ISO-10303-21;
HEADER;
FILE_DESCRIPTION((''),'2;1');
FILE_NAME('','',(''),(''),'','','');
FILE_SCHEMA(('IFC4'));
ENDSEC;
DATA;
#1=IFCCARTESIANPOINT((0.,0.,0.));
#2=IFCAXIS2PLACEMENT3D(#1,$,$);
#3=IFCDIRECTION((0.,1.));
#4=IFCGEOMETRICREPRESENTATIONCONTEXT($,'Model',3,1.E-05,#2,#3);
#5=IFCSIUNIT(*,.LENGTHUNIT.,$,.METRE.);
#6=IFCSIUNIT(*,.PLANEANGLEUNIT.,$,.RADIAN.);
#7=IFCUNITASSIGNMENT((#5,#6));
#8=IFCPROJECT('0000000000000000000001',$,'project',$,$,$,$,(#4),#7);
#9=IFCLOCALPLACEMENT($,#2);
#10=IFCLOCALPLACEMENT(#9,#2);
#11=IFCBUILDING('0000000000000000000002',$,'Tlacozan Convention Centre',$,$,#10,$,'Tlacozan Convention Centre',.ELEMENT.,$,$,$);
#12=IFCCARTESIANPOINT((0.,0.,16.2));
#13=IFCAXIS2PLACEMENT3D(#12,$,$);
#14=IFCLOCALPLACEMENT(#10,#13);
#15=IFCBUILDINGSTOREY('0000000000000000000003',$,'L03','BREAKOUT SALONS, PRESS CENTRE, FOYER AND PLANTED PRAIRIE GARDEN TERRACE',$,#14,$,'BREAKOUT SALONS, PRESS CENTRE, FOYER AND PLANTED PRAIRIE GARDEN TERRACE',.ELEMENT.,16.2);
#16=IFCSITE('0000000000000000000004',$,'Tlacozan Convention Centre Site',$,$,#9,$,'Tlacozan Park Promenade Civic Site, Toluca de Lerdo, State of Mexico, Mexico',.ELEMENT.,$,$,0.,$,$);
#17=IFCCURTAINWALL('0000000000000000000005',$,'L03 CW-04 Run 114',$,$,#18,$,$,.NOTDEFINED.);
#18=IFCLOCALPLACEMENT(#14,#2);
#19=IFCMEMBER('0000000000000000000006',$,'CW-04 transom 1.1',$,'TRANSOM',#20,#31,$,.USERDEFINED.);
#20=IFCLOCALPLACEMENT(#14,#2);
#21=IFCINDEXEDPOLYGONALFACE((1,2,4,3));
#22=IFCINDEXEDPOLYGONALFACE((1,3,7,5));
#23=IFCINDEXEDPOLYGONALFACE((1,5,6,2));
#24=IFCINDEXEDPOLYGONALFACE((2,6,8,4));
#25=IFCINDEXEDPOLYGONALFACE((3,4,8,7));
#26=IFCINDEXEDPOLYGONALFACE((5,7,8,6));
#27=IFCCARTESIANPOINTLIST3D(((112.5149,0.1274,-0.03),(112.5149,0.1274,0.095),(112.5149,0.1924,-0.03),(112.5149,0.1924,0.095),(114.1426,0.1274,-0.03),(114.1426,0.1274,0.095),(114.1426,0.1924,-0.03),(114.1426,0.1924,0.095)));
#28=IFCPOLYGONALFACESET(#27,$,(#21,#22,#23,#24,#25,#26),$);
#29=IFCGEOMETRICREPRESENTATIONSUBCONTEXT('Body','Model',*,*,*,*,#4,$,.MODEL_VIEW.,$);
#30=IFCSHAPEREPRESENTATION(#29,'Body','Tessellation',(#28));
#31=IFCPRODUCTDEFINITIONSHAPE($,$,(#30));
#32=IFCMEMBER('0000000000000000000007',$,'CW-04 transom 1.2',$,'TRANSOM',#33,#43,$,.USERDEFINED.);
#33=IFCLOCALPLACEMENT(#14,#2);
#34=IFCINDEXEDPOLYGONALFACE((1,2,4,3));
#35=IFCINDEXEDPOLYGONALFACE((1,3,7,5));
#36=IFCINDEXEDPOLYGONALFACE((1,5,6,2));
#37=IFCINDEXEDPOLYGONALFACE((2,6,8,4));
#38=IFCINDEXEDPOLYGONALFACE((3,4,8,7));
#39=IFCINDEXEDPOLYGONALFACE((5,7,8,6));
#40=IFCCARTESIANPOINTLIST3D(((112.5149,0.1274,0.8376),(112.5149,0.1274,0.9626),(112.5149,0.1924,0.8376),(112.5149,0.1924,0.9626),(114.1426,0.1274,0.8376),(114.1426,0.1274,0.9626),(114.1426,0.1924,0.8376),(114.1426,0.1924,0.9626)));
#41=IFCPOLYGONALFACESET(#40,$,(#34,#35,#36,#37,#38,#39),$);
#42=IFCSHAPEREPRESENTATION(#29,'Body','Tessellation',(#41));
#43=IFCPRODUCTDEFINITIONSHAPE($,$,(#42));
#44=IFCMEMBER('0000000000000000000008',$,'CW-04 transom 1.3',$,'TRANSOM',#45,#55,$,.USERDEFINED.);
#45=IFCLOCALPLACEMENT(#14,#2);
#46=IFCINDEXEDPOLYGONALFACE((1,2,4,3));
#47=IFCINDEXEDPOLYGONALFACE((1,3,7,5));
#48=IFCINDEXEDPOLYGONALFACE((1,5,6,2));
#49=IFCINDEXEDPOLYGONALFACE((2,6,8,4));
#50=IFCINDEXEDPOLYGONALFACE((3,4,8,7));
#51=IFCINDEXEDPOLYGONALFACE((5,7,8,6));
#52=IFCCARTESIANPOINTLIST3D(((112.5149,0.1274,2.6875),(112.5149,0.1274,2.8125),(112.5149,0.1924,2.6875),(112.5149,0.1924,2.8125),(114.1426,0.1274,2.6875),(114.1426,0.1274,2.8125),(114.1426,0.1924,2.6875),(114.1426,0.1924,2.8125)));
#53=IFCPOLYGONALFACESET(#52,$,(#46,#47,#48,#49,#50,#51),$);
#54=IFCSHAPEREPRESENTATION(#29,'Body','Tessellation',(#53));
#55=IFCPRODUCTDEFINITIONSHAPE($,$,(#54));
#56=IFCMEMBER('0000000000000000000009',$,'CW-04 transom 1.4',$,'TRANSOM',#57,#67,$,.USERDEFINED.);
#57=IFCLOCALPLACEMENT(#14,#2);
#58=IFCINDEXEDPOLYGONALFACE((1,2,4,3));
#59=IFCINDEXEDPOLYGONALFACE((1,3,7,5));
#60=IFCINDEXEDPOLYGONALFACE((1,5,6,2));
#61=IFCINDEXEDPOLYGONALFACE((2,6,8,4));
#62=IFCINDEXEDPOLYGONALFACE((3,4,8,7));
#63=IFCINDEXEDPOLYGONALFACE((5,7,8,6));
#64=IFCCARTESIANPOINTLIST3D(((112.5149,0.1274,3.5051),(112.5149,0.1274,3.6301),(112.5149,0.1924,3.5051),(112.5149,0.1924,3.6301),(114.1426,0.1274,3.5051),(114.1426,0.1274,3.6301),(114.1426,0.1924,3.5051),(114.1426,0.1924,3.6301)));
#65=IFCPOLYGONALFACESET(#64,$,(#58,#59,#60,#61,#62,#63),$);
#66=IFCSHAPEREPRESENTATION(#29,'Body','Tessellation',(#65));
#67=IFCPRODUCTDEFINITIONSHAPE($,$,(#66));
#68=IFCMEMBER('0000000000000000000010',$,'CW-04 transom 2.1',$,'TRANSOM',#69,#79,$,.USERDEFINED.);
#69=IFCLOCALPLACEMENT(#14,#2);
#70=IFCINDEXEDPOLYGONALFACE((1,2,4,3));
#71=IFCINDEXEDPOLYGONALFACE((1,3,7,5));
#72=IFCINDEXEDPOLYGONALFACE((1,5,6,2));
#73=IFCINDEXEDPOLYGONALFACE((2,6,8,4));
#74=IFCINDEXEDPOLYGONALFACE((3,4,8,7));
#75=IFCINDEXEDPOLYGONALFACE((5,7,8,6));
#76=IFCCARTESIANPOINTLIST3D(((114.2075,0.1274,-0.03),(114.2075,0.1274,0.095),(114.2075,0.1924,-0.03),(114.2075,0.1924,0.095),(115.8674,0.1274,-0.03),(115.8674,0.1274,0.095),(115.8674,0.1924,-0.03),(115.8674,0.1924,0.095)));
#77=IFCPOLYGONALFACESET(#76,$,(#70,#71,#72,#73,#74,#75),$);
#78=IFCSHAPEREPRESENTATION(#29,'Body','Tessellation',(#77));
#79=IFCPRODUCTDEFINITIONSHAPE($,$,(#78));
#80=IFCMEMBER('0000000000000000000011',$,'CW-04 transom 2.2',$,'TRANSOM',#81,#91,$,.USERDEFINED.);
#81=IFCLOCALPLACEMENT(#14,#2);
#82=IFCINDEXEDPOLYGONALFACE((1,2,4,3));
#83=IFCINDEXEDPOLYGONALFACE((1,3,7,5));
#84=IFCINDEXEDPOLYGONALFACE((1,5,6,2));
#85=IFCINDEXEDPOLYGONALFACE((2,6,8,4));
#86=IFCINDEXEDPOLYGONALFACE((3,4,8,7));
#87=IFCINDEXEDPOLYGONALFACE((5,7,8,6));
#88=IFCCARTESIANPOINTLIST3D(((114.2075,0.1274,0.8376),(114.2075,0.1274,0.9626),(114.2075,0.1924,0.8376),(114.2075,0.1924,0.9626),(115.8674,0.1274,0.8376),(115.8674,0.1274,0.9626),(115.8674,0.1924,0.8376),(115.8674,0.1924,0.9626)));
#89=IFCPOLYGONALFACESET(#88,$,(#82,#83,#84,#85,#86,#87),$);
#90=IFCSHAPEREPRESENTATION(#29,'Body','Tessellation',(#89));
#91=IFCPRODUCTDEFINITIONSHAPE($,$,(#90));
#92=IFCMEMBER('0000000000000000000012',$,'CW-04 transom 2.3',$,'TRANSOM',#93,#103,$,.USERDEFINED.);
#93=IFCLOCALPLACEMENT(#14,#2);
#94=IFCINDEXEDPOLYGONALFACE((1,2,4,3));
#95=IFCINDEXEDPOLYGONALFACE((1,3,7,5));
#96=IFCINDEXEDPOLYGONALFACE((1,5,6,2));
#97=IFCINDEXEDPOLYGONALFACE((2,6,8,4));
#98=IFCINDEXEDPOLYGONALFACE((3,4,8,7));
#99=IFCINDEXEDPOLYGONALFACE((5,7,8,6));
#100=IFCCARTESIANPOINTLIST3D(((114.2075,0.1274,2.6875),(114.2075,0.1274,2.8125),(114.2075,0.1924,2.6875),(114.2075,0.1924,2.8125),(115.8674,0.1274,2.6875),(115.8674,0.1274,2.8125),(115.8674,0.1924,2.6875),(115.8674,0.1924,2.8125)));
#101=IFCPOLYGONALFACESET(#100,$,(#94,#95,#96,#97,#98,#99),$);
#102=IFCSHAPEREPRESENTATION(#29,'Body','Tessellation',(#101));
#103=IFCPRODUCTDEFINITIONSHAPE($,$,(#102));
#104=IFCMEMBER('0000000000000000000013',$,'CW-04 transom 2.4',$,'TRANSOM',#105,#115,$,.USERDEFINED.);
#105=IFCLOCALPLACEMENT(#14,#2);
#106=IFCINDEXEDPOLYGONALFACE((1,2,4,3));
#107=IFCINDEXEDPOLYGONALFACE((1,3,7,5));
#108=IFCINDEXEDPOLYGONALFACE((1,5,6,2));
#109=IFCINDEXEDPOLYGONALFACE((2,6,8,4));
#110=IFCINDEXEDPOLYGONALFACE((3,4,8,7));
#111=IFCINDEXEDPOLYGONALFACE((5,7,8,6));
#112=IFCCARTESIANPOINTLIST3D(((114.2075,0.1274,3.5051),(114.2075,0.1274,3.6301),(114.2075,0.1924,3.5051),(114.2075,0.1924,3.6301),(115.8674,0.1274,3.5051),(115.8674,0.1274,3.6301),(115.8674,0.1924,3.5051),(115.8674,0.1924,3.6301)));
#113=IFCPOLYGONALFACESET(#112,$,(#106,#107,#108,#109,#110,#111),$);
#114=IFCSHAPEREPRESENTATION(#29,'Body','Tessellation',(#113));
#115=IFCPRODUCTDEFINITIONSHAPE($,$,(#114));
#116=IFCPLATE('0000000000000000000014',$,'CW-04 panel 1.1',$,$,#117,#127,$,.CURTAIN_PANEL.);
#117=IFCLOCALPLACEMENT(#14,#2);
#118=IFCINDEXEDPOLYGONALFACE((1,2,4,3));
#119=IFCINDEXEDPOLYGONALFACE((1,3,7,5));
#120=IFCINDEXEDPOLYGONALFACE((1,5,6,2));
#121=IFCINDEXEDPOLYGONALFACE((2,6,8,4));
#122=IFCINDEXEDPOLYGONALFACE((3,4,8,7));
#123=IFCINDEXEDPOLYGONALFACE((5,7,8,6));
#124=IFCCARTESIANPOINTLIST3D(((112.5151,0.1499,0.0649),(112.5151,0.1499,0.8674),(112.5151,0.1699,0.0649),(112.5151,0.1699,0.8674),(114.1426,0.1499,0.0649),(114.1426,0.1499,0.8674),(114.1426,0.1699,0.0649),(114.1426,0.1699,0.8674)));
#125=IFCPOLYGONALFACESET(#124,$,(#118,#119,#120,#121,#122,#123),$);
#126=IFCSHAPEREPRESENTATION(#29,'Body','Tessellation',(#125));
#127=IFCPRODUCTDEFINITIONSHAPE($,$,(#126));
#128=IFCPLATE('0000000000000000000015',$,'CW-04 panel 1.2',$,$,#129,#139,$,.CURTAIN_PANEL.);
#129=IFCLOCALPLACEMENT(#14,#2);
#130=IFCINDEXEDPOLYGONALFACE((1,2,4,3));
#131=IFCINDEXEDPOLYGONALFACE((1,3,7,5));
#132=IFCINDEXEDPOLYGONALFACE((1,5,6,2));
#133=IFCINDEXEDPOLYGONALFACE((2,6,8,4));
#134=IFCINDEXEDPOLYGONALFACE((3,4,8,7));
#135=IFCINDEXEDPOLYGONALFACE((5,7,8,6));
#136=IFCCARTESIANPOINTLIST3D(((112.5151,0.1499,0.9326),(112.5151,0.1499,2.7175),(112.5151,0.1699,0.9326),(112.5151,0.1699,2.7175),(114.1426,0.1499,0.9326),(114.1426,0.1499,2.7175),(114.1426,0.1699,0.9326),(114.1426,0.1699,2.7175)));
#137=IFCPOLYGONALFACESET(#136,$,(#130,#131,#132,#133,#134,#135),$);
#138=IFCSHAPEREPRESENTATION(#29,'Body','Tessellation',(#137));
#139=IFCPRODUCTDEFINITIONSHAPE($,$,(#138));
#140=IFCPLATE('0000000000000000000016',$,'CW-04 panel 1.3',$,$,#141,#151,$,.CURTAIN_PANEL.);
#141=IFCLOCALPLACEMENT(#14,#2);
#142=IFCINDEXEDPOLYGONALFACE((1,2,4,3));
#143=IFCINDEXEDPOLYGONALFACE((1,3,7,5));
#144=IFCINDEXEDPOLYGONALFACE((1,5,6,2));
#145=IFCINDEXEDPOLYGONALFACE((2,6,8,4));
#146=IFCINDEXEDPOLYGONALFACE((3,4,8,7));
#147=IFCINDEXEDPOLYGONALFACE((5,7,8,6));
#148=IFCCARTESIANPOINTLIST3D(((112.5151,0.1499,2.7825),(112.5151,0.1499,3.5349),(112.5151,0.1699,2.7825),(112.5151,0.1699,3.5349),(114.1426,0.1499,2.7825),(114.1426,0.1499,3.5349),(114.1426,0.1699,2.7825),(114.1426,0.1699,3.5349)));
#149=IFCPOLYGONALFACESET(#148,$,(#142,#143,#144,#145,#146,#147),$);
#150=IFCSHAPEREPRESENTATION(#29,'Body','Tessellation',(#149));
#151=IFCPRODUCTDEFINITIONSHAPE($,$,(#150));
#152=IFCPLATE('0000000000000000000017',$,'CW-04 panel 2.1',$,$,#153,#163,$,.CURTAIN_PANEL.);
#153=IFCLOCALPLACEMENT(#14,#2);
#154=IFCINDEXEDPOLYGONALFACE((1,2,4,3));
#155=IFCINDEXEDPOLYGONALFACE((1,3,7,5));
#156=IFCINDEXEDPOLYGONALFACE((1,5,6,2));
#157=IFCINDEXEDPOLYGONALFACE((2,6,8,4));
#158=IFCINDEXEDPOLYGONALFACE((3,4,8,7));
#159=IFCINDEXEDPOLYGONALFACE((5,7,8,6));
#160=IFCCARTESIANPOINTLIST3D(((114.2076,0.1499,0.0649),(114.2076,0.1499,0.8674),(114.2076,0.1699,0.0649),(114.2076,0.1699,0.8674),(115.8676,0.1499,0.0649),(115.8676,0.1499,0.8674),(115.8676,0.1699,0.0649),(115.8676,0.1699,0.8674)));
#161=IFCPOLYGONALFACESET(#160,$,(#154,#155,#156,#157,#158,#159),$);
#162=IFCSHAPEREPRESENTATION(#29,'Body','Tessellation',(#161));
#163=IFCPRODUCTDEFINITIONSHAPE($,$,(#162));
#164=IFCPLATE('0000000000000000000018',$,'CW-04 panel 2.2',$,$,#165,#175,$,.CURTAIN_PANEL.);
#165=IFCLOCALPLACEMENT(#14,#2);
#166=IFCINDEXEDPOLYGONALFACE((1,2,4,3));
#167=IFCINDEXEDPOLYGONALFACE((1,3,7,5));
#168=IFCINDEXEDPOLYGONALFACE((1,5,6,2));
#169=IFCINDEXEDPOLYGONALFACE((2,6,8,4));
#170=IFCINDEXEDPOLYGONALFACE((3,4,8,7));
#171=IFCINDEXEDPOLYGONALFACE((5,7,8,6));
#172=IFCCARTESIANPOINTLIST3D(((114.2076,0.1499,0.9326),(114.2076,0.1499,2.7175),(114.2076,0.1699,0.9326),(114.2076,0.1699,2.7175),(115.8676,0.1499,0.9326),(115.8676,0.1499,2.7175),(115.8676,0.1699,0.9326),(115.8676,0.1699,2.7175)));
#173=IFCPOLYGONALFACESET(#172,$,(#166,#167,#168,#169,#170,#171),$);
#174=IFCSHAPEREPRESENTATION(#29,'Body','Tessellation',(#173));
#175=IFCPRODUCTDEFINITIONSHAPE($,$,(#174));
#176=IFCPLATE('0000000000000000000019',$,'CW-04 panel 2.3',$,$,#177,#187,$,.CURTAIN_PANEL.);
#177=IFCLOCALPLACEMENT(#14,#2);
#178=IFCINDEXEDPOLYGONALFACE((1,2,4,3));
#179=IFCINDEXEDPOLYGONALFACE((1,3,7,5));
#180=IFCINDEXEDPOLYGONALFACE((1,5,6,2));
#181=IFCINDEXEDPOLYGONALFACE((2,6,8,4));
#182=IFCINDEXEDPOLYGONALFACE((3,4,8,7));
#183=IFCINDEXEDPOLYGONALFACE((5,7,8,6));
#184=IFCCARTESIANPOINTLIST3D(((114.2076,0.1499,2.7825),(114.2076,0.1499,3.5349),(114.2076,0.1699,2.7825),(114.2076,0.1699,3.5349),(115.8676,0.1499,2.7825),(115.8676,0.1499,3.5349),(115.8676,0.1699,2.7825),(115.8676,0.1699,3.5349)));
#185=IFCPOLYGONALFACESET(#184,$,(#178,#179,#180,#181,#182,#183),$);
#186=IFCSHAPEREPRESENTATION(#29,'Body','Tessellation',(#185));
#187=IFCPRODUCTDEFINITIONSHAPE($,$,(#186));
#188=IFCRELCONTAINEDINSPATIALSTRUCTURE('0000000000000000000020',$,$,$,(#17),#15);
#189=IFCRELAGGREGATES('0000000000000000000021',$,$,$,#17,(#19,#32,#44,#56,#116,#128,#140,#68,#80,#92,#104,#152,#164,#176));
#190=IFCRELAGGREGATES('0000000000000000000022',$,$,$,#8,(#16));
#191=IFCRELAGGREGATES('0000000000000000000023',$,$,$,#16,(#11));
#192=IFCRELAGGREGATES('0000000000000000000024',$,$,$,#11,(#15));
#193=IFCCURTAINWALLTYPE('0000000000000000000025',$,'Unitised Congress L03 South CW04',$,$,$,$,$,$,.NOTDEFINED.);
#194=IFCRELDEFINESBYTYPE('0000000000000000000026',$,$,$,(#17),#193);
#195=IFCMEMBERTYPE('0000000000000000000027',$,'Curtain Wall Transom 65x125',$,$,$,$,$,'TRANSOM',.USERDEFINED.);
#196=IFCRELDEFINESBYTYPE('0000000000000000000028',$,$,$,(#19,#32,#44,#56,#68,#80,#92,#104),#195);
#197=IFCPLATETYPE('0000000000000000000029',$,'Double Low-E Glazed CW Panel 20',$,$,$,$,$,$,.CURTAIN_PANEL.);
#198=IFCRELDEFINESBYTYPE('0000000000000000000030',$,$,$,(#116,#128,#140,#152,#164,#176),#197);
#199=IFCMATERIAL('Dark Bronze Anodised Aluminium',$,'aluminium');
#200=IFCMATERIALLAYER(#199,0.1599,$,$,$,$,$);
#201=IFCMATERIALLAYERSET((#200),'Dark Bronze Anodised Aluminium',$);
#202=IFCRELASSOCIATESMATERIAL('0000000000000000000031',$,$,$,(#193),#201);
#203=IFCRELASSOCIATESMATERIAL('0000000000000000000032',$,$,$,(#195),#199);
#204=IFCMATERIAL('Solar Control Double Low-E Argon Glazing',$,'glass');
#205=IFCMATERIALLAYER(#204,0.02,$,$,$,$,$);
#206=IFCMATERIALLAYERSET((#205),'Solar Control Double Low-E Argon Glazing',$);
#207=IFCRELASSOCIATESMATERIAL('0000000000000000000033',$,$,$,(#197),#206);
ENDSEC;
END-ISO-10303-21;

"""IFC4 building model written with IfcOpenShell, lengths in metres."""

from ifc_helpers import new_model, si_unit, direction, frame, origin, origin_2d, place, context, subcontext, project, spatial, rectangle, extrude, material, layer, layer_set, material_profile, profile_set, type_object, element, aggregate, save


model = new_model("IFC4")

# Units and contexts
model_context = context("Model", 3, precision=1e-05, world=origin(), true_north=direction((0.0, 1.0)))
body_context = subcontext(model_context, "Body", "Model", "MODEL_VIEW")
ifc_project = project(units=[si_unit("LENGTHUNIT", "METRE"), si_unit("PLANEANGLEUNIT", "RADIAN")], contexts=[model_context])

# Site, building, storey
site_placement = place(None, origin())
site = spatial("IfcSite", under=ifc_project, at=site_placement, Name="Tlacozan Convention Centre Site", LongName="Tlacozan Park Promenade Civic Site, Toluca de Lerdo, State of Mexico, Mexico", CompositionType="ELEMENT", RefElevation=0.0)
building_placement = place(site_placement, origin())
building = spatial("IfcBuilding", under=site, at=building_placement, Name="Tlacozan Convention Centre", LongName="Tlacozan Convention Centre", CompositionType="ELEMENT")
storey_placement = place(building_placement, frame((0.0, 0.0, 16.2)))
storey = spatial("IfcBuildingStorey", under=building, at=storey_placement, Name="L03", Description="BREAKOUT SALONS, PRESS CENTRE, FOYER AND PLANTED PRAIRIE GARDEN TERRACE", LongName="BREAKOUT SALONS, PRESS CENTRE, FOYER AND PLANTED PRAIRIE GARDEN TERRACE", CompositionType="ELEMENT", Elevation=16.2)

# Curtain wall
ifc_material_1 = material(Name="Dark Bronze Anodised Aluminium", Category="aluminium")
ifc_layer_1 = layer(ifc_material_1, 0.1599)
ifc_layer_set_1 = layer_set([ifc_layer_1], Name="Dark Bronze Anodised Aluminium")
curtain_wall_type = type_object("IfcCurtainWallType", Name="Unitised Congress L03 South CW04", PredefinedType="NOTDEFINED", material=ifc_layer_set_1)
curtain_wall_1_placement = place(storey_placement, origin())
curtain_wall_1 = element("IfcCurtainWall", 1, at=curtain_wall_1_placement, inside=storey, type_object=curtain_wall_type, Name="L03 CW-04 Run 114", PredefinedType="NOTDEFINED")

# Members
ifc_material_profile_1 = material_profile(ifc_material_1, rectangle(XDim=0.0649, YDim=0.125, at=origin_2d()), Name="ALU 65x125")
ifc_profile_set_1 = profile_set([ifc_material_profile_1], Name="Dark Bronze Anodised Aluminium")
member_type_1 = type_object("IfcMemberType", Name="Curtain Wall Transom 65x125", ElementType="TRANSOM", PredefinedType="USERDEFINED", material=ifc_profile_set_1)
member_1_placement = place(storey_placement, frame((112.5149, 0.1599, 0.0325), z_axis=(1.0, 0.0, 0.0), x_axis=(0.0, 1.0, 0.0)))
member_1 = element("IfcMember", 2, at=member_1_placement, type_object=member_type_1, Name="CW-04 transom 1.1", ObjectType="TRANSOM", PredefinedType="USERDEFINED", context=body_context, shape_type="SweptSolid", body=[
    extrude(rectangle(XDim=0.0649, YDim=0.125, at=origin_2d()), origin(), (0.0, 0.0, 1.0), 1.6277),
])
member_2_placement = place(storey_placement, frame((112.5149, 0.1599, 0.9001), z_axis=(1.0, 0.0, 0.0), x_axis=(0.0, 1.0, 0.0)))
member_2 = element("IfcMember", 3, at=member_2_placement, type_object=member_type_1, Name="CW-04 transom 1.2", ObjectType="TRANSOM", PredefinedType="USERDEFINED", context=body_context, shape_type="SweptSolid", body=[
    extrude(rectangle(XDim=0.0649, YDim=0.125, at=origin_2d()), origin(), (0.0, 0.0, 1.0), 1.6277),
])
member_3_placement = place(storey_placement, frame((112.5149, 0.1599, 2.75), z_axis=(1.0, 0.0, 0.0), x_axis=(0.0, 1.0, 0.0)))
member_3 = element("IfcMember", 4, at=member_3_placement, type_object=member_type_1, Name="CW-04 transom 1.3", ObjectType="TRANSOM", PredefinedType="USERDEFINED", context=body_context, shape_type="SweptSolid", body=[
    extrude(rectangle(XDim=0.0649, YDim=0.125, at=origin_2d()), origin(), (0.0, 0.0, 1.0), 1.6277),
])
member_4_placement = place(storey_placement, frame((112.5149, 0.1599, 3.5676), z_axis=(1.0, 0.0, 0.0), x_axis=(0.0, 1.0, 0.0)))
member_4 = element("IfcMember", 5, at=member_4_placement, type_object=member_type_1, Name="CW-04 transom 1.4", ObjectType="TRANSOM", PredefinedType="USERDEFINED", context=body_context, shape_type="SweptSolid", body=[
    extrude(rectangle(XDim=0.0649, YDim=0.125, at=origin_2d()), origin(), (0.0, 0.0, 1.0), 1.6277),
])
member_5_placement = place(storey_placement, frame((114.2075, 0.1599, 0.0325), z_axis=(1.0, 0.0, 0.0), x_axis=(0.0, 1.0, 0.0)))
member_5 = element("IfcMember", 6, at=member_5_placement, type_object=member_type_1, Name="CW-04 transom 2.1", ObjectType="TRANSOM", PredefinedType="USERDEFINED", context=body_context, shape_type="SweptSolid", body=[
    extrude(rectangle(XDim=0.0649, YDim=0.125, at=origin_2d()), origin(), (0.0, 0.0, 1.0), 1.6599),
])
member_6_placement = place(storey_placement, frame((114.2075, 0.1599, 0.9001), z_axis=(1.0, 0.0, 0.0), x_axis=(0.0, 1.0, 0.0)))
member_6 = element("IfcMember", 7, at=member_6_placement, type_object=member_type_1, Name="CW-04 transom 2.2", ObjectType="TRANSOM", PredefinedType="USERDEFINED", context=body_context, shape_type="SweptSolid", body=[
    extrude(rectangle(XDim=0.0649, YDim=0.125, at=origin_2d()), origin(), (0.0, 0.0, 1.0), 1.6599),
])
member_7_placement = place(storey_placement, frame((114.2075, 0.1599, 2.75), z_axis=(1.0, 0.0, 0.0), x_axis=(0.0, 1.0, 0.0)))
member_7 = element("IfcMember", 8, at=member_7_placement, type_object=member_type_1, Name="CW-04 transom 2.3", ObjectType="TRANSOM", PredefinedType="USERDEFINED", context=body_context, shape_type="SweptSolid", body=[
    extrude(rectangle(XDim=0.0649, YDim=0.125, at=origin_2d()), origin(), (0.0, 0.0, 1.0), 1.6599),
])
member_8_placement = place(storey_placement, frame((114.2075, 0.1599, 3.5676), z_axis=(1.0, 0.0, 0.0), x_axis=(0.0, 1.0, 0.0)))
member_8 = element("IfcMember", 9, at=member_8_placement, type_object=member_type_1, Name="CW-04 transom 2.4", ObjectType="TRANSOM", PredefinedType="USERDEFINED", context=body_context, shape_type="SweptSolid", body=[
    extrude(rectangle(XDim=0.0649, YDim=0.125, at=origin_2d()), origin(), (0.0, 0.0, 1.0), 1.6599),
])

# Plates
ifc_material_2 = material(Name="Solar Control Double Low-E Argon Glazing", Category="glass")
ifc_layer_2 = layer(ifc_material_2, 0.02)
ifc_layer_set_2 = layer_set([ifc_layer_2], Name="Solar Control Double Low-E Argon Glazing")
plate_type_1 = type_object("IfcPlateType", Name="Double Low-E Glazed CW Panel 20", PredefinedType="CURTAIN_PANEL", material=ifc_layer_set_2)
plate_1_placement = place(storey_placement, frame((113.3289, 0.1599, 0.0649), z_axis=(0.0, 0.0, 1.0), x_axis=(1.0, 0.0, 0.0)))
plate_1 = element("IfcPlate", 10, at=plate_1_placement, type_object=plate_type_1, Name="CW-04 panel 1.1", PredefinedType="CURTAIN_PANEL", context=body_context, shape_type="SweptSolid", body=[
    extrude(rectangle(XDim=1.6274, YDim=0.02, at=origin_2d()), origin(), (0.0, 0.0, 1.0), 0.8025),
])
plate_2_placement = place(storey_placement, frame((113.3289, 0.1599, 0.9326), z_axis=(0.0, 0.0, 1.0), x_axis=(1.0, 0.0, 0.0)))
plate_2 = element("IfcPlate", 11, at=plate_2_placement, type_object=plate_type_1, Name="CW-04 panel 1.2", PredefinedType="CURTAIN_PANEL", context=body_context, shape_type="SweptSolid", body=[
    extrude(rectangle(XDim=1.6274, YDim=0.02, at=origin_2d()), origin(), (0.0, 0.0, 1.0), 1.7849),
])
plate_3_placement = place(storey_placement, frame((113.3289, 0.1599, 2.7825), z_axis=(0.0, 0.0, 1.0), x_axis=(1.0, 0.0, 0.0)))
plate_3 = element("IfcPlate", 12, at=plate_3_placement, type_object=plate_type_1, Name="CW-04 panel 1.3", PredefinedType="CURTAIN_PANEL", context=body_context, shape_type="SweptSolid", body=[
    extrude(rectangle(XDim=1.6274, YDim=0.02, at=origin_2d()), origin(), (0.0, 0.0, 1.0), 0.7524),
])
plate_4_placement = place(storey_placement, frame((115.0376, 0.1599, 0.0649), z_axis=(0.0, 0.0, 1.0), x_axis=(1.0, 0.0, 0.0)))
plate_4 = element("IfcPlate", 13, at=plate_4_placement, type_object=plate_type_1, Name="CW-04 panel 2.1", PredefinedType="CURTAIN_PANEL", context=body_context, shape_type="SweptSolid", body=[
    extrude(rectangle(XDim=1.6599, YDim=0.02, at=origin_2d()), origin(), (0.0, 0.0, 1.0), 0.8025),
])
plate_5_placement = place(storey_placement, frame((115.0376, 0.1599, 0.9326), z_axis=(0.0, 0.0, 1.0), x_axis=(1.0, 0.0, 0.0)))
plate_5 = element("IfcPlate", 14, at=plate_5_placement, type_object=plate_type_1, Name="CW-04 panel 2.2", PredefinedType="CURTAIN_PANEL", context=body_context, shape_type="SweptSolid", body=[
    extrude(rectangle(XDim=1.6599, YDim=0.02, at=origin_2d()), origin(), (0.0, 0.0, 1.0), 1.7849),
])
plate_6_placement = place(storey_placement, frame((115.0376, 0.1599, 2.7825), z_axis=(0.0, 0.0, 1.0), x_axis=(1.0, 0.0, 0.0)))
plate_6 = element("IfcPlate", 15, at=plate_6_placement, type_object=plate_type_1, Name="CW-04 panel 2.3", PredefinedType="CURTAIN_PANEL", context=body_context, shape_type="SweptSolid", body=[
    extrude(rectangle(XDim=1.6599, YDim=0.02, at=origin_2d()), origin(), (0.0, 0.0, 1.0), 0.7524),
])
aggregate(curtain_wall_1, [member_1, member_2, member_3, member_4, plate_1, plate_2, plate_3, member_5, member_6, member_7, member_8, plate_4, plate_5, plate_6])

save(model, "model.ifc")
